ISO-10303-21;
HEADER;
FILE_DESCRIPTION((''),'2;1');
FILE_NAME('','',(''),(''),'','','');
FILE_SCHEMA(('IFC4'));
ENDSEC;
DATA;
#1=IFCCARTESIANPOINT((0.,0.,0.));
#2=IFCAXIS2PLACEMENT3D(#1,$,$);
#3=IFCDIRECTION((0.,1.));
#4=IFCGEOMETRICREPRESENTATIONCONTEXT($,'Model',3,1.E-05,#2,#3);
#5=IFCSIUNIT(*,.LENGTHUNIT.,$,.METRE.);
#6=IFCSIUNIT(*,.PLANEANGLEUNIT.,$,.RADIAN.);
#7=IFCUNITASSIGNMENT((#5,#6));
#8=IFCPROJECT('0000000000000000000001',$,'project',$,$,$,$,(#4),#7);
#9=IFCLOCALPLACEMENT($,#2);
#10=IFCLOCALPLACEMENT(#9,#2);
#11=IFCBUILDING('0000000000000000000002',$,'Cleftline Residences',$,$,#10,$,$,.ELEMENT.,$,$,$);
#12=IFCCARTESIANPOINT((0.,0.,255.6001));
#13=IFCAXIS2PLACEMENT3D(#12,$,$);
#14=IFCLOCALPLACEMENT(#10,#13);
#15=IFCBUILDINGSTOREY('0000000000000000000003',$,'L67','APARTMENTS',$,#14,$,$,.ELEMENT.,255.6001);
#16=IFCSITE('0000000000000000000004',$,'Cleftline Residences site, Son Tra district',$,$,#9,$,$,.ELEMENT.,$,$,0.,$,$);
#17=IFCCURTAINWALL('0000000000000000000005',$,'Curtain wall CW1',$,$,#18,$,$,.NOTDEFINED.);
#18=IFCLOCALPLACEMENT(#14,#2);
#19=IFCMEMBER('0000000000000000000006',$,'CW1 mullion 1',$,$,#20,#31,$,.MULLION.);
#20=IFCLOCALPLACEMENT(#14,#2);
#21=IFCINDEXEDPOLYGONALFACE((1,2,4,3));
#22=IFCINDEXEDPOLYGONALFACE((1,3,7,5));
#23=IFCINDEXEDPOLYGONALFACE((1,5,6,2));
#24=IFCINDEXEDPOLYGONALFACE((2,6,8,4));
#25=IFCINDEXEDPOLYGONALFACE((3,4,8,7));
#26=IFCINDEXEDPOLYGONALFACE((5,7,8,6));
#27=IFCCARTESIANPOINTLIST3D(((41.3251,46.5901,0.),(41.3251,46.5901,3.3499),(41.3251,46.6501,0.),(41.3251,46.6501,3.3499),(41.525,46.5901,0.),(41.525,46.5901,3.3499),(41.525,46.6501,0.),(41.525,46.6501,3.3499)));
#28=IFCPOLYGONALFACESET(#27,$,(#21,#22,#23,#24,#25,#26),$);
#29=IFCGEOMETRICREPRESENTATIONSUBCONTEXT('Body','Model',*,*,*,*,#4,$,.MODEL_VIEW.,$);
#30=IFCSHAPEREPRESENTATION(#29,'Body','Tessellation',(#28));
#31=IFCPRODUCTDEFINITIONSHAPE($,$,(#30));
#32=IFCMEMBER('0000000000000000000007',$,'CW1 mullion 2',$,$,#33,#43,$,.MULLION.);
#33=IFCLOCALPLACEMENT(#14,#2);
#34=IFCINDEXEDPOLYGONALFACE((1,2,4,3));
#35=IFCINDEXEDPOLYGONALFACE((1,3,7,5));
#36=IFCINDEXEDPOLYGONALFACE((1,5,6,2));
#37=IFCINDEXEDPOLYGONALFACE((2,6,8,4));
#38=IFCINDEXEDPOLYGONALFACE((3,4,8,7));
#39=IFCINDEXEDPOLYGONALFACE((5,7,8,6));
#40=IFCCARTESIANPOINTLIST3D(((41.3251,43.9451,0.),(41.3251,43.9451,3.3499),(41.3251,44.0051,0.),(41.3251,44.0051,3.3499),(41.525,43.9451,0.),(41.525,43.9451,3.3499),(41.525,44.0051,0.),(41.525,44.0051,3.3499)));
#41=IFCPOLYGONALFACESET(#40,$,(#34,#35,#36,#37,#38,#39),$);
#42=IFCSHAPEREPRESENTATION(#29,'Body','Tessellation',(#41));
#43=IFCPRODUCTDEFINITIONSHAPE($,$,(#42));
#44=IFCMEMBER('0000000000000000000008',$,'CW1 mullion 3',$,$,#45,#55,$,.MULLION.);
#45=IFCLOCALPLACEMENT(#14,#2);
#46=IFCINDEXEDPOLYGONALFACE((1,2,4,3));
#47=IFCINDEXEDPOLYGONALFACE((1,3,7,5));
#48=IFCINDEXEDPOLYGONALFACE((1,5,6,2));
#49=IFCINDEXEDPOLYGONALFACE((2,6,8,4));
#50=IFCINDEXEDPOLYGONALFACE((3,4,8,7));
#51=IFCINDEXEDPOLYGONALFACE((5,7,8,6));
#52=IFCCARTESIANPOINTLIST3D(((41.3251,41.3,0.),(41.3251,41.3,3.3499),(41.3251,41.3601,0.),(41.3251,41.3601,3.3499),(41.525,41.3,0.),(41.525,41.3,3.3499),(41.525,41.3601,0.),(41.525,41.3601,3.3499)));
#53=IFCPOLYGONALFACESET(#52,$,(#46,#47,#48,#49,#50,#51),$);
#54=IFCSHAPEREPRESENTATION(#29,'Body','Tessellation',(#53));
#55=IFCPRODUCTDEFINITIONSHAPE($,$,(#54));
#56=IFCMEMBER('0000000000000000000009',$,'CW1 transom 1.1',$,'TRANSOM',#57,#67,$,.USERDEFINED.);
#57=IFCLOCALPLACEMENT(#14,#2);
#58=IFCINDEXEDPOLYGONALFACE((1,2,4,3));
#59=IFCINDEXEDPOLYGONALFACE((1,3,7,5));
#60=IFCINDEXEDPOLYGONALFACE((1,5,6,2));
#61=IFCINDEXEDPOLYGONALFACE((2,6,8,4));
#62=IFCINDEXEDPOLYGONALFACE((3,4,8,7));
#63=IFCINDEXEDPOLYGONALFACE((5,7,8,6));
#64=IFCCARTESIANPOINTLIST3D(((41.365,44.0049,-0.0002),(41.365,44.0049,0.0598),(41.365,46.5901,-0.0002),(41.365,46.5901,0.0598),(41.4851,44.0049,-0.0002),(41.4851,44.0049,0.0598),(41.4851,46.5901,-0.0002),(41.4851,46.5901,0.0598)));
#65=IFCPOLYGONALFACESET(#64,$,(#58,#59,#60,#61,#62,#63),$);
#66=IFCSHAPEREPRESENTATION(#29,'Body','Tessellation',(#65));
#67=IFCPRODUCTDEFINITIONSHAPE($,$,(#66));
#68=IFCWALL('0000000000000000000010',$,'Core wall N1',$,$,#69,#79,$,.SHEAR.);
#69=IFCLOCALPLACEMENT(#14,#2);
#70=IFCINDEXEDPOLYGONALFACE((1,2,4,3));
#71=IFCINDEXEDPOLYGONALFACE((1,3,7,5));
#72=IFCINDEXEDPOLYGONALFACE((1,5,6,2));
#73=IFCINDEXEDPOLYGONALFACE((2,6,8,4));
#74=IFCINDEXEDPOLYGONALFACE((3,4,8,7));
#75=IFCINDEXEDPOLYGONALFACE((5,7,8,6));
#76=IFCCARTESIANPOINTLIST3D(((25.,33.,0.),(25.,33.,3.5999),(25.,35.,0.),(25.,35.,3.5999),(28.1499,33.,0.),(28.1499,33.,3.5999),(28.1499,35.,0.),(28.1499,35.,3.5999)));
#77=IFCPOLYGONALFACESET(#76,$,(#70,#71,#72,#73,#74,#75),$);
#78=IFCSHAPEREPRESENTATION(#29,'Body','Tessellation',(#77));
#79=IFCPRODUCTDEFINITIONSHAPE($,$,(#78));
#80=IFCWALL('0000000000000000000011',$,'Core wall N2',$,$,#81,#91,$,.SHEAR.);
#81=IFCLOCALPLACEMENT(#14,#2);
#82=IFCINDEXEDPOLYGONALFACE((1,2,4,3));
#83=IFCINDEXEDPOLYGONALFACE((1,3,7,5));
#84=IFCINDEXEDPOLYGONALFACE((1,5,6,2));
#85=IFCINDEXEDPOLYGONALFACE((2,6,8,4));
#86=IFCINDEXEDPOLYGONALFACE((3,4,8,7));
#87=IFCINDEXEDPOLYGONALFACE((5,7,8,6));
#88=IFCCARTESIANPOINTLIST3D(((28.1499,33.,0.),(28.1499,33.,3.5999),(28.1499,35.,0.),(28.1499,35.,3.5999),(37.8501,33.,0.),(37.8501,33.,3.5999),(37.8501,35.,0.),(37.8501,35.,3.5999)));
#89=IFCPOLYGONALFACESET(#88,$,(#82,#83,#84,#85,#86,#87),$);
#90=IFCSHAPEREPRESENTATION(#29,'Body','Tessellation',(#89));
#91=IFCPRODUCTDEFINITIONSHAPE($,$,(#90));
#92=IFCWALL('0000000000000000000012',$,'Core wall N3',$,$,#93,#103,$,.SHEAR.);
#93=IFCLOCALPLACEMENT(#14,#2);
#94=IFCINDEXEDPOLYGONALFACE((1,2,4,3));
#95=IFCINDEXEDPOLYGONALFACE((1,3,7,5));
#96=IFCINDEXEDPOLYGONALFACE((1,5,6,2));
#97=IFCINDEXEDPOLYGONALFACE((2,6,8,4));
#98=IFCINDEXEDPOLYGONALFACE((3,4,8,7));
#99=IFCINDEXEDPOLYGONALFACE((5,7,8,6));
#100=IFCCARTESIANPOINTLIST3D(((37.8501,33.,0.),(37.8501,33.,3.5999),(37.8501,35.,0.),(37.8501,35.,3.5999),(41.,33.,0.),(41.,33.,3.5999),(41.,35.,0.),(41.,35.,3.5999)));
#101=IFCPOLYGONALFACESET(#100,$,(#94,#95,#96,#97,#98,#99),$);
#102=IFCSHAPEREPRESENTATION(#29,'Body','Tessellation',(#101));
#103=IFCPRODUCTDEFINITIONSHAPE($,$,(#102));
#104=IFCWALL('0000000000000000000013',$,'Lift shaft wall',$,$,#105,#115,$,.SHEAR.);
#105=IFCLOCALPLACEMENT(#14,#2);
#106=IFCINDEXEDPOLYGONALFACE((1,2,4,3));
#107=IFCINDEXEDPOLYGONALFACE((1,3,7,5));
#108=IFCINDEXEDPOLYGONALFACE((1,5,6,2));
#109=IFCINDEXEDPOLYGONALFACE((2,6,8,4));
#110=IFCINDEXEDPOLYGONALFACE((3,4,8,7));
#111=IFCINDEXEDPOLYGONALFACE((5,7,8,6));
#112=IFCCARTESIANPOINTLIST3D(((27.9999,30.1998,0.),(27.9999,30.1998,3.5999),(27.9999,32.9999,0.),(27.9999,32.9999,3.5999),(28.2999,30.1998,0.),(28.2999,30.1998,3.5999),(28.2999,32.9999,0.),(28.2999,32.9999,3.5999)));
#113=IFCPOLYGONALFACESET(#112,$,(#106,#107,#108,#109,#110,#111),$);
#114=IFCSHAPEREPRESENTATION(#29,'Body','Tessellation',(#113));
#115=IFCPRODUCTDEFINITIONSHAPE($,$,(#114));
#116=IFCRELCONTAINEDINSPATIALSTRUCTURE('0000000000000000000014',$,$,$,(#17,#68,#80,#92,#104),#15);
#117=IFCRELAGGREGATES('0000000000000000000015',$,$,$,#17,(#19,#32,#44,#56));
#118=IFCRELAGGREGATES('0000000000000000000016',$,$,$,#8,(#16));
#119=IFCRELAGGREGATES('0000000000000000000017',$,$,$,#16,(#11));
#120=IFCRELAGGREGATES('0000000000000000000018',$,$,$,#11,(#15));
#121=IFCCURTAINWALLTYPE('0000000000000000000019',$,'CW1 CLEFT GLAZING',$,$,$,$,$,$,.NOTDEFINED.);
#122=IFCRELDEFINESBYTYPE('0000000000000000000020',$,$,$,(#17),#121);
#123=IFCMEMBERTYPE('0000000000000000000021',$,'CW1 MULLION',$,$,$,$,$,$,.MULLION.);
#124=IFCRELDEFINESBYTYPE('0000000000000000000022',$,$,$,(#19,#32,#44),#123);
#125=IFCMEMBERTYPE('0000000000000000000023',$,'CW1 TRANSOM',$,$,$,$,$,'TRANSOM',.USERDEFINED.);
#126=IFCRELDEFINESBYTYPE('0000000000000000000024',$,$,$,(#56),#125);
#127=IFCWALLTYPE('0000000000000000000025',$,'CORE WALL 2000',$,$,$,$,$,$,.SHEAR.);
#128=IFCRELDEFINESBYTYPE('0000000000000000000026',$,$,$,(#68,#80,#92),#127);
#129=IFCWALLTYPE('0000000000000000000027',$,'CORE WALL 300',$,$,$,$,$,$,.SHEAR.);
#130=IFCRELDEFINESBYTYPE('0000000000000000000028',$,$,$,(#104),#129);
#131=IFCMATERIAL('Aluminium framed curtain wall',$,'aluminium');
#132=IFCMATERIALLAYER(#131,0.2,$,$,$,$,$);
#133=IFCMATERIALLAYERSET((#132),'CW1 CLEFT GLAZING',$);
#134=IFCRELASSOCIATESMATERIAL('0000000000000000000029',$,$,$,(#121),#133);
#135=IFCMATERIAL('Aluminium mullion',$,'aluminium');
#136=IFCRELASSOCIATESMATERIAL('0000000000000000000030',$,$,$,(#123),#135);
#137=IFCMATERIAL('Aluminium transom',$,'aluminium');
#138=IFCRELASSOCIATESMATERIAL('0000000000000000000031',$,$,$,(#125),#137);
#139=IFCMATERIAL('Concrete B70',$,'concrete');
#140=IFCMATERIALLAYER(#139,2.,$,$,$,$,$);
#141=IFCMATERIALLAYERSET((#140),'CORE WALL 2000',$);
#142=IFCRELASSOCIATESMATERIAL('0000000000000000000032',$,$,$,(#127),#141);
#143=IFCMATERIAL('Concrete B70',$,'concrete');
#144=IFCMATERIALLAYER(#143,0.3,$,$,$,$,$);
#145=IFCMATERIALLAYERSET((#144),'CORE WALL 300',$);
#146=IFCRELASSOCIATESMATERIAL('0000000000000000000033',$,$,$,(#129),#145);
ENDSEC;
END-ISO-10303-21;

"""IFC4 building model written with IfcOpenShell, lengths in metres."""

from ifc_helpers import new_model, si_unit, direction, frame, frame_2d, origin, origin_2d, place, context, subcontext, project, spatial, rectangle, extrude, material, layer, layer_set, material_profile, profile_set, type_object, element, aggregate, save


model = new_model("IFC4")

# Units and contexts
model_context = context("Model", 3, precision=1e-05, world=origin(), true_north=direction((0.0, 1.0)))
body_context = subcontext(model_context, "Body", "Model", "MODEL_VIEW")
ifc_project = project(units=[si_unit("LENGTHUNIT", "METRE"), si_unit("PLANEANGLEUNIT", "RADIAN")], contexts=[model_context])

# Site, building, storey
site_placement = place(None, origin())
site = spatial("IfcSite", under=ifc_project, at=site_placement, Name="Cleftline Residences site, Son Tra district", CompositionType="ELEMENT", RefElevation=0.0)
building_placement = place(site_placement, origin())
building = spatial("IfcBuilding", under=site, at=building_placement, Name="Cleftline Residences", CompositionType="ELEMENT")
storey_placement = place(building_placement, frame((0.0, 0.0, 255.6001)))
storey = spatial("IfcBuildingStorey", under=building, at=storey_placement, Name="L67", Description="APARTMENTS", CompositionType="ELEMENT", Elevation=255.6001)

# Curtain wall, members
ifc_material_1 = material(Name="Aluminium framed curtain wall", Category="aluminium")
ifc_layer_1 = layer(ifc_material_1, 0.2)
ifc_layer_set_1 = layer_set([ifc_layer_1], Name="CW1 CLEFT GLAZING")
curtain_wall_type = type_object("IfcCurtainWallType", Name="CW1 CLEFT GLAZING", PredefinedType="NOTDEFINED", material=ifc_layer_set_1)
curtain_wall_placement = place(storey_placement, origin())
curtain_wall = element("IfcCurtainWall", 1, at=curtain_wall_placement, inside=storey, type_object=curtain_wall_type, Name="Curtain wall CW1", PredefinedType="NOTDEFINED")
ifc_material_2 = material(Name="Aluminium mullion", Category="aluminium")
ifc_material_profile_1 = material_profile(ifc_material_2, rectangle(XDim=0.2, YDim=0.0601, at=origin_2d()))
ifc_profile_set_1 = profile_set([ifc_material_profile_1], Name="Aluminium mullion")
member_type_1 = type_object("IfcMemberType", Name="CW1 MULLION", PredefinedType="MULLION", material=ifc_profile_set_1)
member_1_placement = place(storey_placement, frame((41.425, 46.6201, 0.0), z_axis=(0.0, 0.0, 1.0), x_axis=(1.0, 0.0, 0.0)))
member_1 = element("IfcMember", 2, at=member_1_placement, type_object=member_type_1, Name="CW1 mullion 1", PredefinedType="MULLION", context=body_context, shape_type="SweptSolid", body=[
    extrude(rectangle(XDim=0.2, YDim=0.0601, at=origin_2d()), origin(), (0.0, 0.0, 1.0), 3.3499),
])
member_2_placement = place(storey_placement, frame((41.425, 43.9751, 0.0), z_axis=(0.0, 0.0, 1.0), x_axis=(1.0, 0.0, 0.0)))
member_2 = element("IfcMember", 3, at=member_2_placement, type_object=member_type_1, Name="CW1 mullion 2", PredefinedType="MULLION", context=body_context, shape_type="SweptSolid", body=[
    extrude(rectangle(XDim=0.2, YDim=0.0601, at=origin_2d()), origin(), (0.0, 0.0, 1.0), 3.3499),
])
member_3_placement = place(storey_placement, frame((41.425, 41.3301, 0.0), z_axis=(0.0, 0.0, 1.0), x_axis=(1.0, 0.0, 0.0)))
member_3 = element("IfcMember", 4, at=member_3_placement, type_object=member_type_1, Name="CW1 mullion 3", PredefinedType="MULLION", context=body_context, shape_type="SweptSolid", body=[
    extrude(rectangle(XDim=0.2, YDim=0.0601, at=origin_2d()), origin(), (0.0, 0.0, 1.0), 3.3499),
])
ifc_material_3 = material(Name="Aluminium transom", Category="aluminium")
ifc_material_profile_2 = material_profile(ifc_material_3, rectangle(XDim=0.1201, YDim=0.0601, at=origin_2d()))
ifc_profile_set_2 = profile_set([ifc_material_profile_2], Name="Aluminium transom")
member_type_2 = type_object("IfcMemberType", Name="CW1 TRANSOM", ElementType="TRANSOM", PredefinedType="USERDEFINED", material=ifc_profile_set_2)
member_4_placement = place(storey_placement, frame((41.425, 46.5901, 0.0298), z_axis=(0.0, -1.0, 0.0), x_axis=(1.0, 0.0, 0.0)))
member_4 = element("IfcMember", 5, at=member_4_placement, type_object=member_type_2, Name="CW1 transom 1.1", ObjectType="TRANSOM", PredefinedType="USERDEFINED", context=body_context, shape_type="SweptSolid", body=[
    extrude(rectangle(XDim=0.1201, YDim=0.0601, at=origin_2d()), origin(), (0.0, 0.0, 1.0), 2.5852),
])
aggregate(curtain_wall, [member_1, member_2, member_3, member_4])

# Walls
ifc_material_4 = material(Name="Concrete B70", Category="concrete")
ifc_layer_2 = layer(ifc_material_4, 2.0)
ifc_layer_set_2 = layer_set([ifc_layer_2], Name="CORE WALL 2000")
wall_type_1 = type_object("IfcWallType", Name="CORE WALL 2000", PredefinedType="SHEAR", material=ifc_layer_set_2)
wall_1_placement = place(storey_placement, frame((25.0, 34.0, 0.0), z_axis=(0.0, 0.0, 1.0), x_axis=(1.0, 0.0, 0.0)))
element("IfcWall", 6, at=wall_1_placement, inside=storey, type_object=wall_type_1, Name="Core wall N1", PredefinedType="SHEAR", context=body_context, shape_type="SweptSolid", body=[
    extrude(rectangle(XDim=3.1499, YDim=2.0, at=frame_2d((1.575, 0.0))), origin(), (0.0, 0.0, 1.0), 3.5999),
])
wall_2_placement = place(storey_placement, frame((28.1499, 34.0, 0.0), z_axis=(0.0, 0.0, 1.0), x_axis=(1.0, 0.0, 0.0)))
element("IfcWall", 7, at=wall_2_placement, inside=storey, type_object=wall_type_1, Name="Core wall N2", PredefinedType="SHEAR", context=body_context, shape_type="SweptSolid", body=[
    extrude(rectangle(XDim=9.7002, YDim=2.0, at=frame_2d((4.8501, 0.0))), origin(), (0.0, 0.0, 1.0), 3.5999),
])
wall_3_placement = place(storey_placement, frame((37.8501, 34.0, 0.0), z_axis=(0.0, 0.0, 1.0), x_axis=(1.0, 0.0, 0.0)))
element("IfcWall", 8, at=wall_3_placement, inside=storey, type_object=wall_type_1, Name="Core wall N3", PredefinedType="SHEAR", context=body_context, shape_type="SweptSolid", body=[
    extrude(rectangle(XDim=3.1499, YDim=2.0, at=frame_2d((1.575, 0.0))), origin(), (0.0, 0.0, 1.0), 3.5999),
])
ifc_material_5 = material(Name="Concrete B70", Category="concrete")
ifc_layer_3 = layer(ifc_material_5, 0.3)
ifc_layer_set_3 = layer_set([ifc_layer_3], Name="CORE WALL 300")
wall_type_2 = type_object("IfcWallType", Name="CORE WALL 300", PredefinedType="SHEAR", material=ifc_layer_set_3)
wall_4_placement = place(storey_placement, frame((28.1499, 30.2, 0.0), z_axis=(0.0, 0.0, 1.0), x_axis=(0.0, 1.0, 0.0)))
element("IfcWall", 9, at=wall_4_placement, inside=storey, type_object=wall_type_2, Name="Lift shaft wall", PredefinedType="SHEAR", context=body_context, shape_type="SweptSolid", body=[
    extrude(rectangle(XDim=2.8, YDim=0.3, at=frame_2d((1.3999, 0.0))), origin(), (0.0, 0.0, 1.0), 3.5999),
])

save(model, "model.ifc")
